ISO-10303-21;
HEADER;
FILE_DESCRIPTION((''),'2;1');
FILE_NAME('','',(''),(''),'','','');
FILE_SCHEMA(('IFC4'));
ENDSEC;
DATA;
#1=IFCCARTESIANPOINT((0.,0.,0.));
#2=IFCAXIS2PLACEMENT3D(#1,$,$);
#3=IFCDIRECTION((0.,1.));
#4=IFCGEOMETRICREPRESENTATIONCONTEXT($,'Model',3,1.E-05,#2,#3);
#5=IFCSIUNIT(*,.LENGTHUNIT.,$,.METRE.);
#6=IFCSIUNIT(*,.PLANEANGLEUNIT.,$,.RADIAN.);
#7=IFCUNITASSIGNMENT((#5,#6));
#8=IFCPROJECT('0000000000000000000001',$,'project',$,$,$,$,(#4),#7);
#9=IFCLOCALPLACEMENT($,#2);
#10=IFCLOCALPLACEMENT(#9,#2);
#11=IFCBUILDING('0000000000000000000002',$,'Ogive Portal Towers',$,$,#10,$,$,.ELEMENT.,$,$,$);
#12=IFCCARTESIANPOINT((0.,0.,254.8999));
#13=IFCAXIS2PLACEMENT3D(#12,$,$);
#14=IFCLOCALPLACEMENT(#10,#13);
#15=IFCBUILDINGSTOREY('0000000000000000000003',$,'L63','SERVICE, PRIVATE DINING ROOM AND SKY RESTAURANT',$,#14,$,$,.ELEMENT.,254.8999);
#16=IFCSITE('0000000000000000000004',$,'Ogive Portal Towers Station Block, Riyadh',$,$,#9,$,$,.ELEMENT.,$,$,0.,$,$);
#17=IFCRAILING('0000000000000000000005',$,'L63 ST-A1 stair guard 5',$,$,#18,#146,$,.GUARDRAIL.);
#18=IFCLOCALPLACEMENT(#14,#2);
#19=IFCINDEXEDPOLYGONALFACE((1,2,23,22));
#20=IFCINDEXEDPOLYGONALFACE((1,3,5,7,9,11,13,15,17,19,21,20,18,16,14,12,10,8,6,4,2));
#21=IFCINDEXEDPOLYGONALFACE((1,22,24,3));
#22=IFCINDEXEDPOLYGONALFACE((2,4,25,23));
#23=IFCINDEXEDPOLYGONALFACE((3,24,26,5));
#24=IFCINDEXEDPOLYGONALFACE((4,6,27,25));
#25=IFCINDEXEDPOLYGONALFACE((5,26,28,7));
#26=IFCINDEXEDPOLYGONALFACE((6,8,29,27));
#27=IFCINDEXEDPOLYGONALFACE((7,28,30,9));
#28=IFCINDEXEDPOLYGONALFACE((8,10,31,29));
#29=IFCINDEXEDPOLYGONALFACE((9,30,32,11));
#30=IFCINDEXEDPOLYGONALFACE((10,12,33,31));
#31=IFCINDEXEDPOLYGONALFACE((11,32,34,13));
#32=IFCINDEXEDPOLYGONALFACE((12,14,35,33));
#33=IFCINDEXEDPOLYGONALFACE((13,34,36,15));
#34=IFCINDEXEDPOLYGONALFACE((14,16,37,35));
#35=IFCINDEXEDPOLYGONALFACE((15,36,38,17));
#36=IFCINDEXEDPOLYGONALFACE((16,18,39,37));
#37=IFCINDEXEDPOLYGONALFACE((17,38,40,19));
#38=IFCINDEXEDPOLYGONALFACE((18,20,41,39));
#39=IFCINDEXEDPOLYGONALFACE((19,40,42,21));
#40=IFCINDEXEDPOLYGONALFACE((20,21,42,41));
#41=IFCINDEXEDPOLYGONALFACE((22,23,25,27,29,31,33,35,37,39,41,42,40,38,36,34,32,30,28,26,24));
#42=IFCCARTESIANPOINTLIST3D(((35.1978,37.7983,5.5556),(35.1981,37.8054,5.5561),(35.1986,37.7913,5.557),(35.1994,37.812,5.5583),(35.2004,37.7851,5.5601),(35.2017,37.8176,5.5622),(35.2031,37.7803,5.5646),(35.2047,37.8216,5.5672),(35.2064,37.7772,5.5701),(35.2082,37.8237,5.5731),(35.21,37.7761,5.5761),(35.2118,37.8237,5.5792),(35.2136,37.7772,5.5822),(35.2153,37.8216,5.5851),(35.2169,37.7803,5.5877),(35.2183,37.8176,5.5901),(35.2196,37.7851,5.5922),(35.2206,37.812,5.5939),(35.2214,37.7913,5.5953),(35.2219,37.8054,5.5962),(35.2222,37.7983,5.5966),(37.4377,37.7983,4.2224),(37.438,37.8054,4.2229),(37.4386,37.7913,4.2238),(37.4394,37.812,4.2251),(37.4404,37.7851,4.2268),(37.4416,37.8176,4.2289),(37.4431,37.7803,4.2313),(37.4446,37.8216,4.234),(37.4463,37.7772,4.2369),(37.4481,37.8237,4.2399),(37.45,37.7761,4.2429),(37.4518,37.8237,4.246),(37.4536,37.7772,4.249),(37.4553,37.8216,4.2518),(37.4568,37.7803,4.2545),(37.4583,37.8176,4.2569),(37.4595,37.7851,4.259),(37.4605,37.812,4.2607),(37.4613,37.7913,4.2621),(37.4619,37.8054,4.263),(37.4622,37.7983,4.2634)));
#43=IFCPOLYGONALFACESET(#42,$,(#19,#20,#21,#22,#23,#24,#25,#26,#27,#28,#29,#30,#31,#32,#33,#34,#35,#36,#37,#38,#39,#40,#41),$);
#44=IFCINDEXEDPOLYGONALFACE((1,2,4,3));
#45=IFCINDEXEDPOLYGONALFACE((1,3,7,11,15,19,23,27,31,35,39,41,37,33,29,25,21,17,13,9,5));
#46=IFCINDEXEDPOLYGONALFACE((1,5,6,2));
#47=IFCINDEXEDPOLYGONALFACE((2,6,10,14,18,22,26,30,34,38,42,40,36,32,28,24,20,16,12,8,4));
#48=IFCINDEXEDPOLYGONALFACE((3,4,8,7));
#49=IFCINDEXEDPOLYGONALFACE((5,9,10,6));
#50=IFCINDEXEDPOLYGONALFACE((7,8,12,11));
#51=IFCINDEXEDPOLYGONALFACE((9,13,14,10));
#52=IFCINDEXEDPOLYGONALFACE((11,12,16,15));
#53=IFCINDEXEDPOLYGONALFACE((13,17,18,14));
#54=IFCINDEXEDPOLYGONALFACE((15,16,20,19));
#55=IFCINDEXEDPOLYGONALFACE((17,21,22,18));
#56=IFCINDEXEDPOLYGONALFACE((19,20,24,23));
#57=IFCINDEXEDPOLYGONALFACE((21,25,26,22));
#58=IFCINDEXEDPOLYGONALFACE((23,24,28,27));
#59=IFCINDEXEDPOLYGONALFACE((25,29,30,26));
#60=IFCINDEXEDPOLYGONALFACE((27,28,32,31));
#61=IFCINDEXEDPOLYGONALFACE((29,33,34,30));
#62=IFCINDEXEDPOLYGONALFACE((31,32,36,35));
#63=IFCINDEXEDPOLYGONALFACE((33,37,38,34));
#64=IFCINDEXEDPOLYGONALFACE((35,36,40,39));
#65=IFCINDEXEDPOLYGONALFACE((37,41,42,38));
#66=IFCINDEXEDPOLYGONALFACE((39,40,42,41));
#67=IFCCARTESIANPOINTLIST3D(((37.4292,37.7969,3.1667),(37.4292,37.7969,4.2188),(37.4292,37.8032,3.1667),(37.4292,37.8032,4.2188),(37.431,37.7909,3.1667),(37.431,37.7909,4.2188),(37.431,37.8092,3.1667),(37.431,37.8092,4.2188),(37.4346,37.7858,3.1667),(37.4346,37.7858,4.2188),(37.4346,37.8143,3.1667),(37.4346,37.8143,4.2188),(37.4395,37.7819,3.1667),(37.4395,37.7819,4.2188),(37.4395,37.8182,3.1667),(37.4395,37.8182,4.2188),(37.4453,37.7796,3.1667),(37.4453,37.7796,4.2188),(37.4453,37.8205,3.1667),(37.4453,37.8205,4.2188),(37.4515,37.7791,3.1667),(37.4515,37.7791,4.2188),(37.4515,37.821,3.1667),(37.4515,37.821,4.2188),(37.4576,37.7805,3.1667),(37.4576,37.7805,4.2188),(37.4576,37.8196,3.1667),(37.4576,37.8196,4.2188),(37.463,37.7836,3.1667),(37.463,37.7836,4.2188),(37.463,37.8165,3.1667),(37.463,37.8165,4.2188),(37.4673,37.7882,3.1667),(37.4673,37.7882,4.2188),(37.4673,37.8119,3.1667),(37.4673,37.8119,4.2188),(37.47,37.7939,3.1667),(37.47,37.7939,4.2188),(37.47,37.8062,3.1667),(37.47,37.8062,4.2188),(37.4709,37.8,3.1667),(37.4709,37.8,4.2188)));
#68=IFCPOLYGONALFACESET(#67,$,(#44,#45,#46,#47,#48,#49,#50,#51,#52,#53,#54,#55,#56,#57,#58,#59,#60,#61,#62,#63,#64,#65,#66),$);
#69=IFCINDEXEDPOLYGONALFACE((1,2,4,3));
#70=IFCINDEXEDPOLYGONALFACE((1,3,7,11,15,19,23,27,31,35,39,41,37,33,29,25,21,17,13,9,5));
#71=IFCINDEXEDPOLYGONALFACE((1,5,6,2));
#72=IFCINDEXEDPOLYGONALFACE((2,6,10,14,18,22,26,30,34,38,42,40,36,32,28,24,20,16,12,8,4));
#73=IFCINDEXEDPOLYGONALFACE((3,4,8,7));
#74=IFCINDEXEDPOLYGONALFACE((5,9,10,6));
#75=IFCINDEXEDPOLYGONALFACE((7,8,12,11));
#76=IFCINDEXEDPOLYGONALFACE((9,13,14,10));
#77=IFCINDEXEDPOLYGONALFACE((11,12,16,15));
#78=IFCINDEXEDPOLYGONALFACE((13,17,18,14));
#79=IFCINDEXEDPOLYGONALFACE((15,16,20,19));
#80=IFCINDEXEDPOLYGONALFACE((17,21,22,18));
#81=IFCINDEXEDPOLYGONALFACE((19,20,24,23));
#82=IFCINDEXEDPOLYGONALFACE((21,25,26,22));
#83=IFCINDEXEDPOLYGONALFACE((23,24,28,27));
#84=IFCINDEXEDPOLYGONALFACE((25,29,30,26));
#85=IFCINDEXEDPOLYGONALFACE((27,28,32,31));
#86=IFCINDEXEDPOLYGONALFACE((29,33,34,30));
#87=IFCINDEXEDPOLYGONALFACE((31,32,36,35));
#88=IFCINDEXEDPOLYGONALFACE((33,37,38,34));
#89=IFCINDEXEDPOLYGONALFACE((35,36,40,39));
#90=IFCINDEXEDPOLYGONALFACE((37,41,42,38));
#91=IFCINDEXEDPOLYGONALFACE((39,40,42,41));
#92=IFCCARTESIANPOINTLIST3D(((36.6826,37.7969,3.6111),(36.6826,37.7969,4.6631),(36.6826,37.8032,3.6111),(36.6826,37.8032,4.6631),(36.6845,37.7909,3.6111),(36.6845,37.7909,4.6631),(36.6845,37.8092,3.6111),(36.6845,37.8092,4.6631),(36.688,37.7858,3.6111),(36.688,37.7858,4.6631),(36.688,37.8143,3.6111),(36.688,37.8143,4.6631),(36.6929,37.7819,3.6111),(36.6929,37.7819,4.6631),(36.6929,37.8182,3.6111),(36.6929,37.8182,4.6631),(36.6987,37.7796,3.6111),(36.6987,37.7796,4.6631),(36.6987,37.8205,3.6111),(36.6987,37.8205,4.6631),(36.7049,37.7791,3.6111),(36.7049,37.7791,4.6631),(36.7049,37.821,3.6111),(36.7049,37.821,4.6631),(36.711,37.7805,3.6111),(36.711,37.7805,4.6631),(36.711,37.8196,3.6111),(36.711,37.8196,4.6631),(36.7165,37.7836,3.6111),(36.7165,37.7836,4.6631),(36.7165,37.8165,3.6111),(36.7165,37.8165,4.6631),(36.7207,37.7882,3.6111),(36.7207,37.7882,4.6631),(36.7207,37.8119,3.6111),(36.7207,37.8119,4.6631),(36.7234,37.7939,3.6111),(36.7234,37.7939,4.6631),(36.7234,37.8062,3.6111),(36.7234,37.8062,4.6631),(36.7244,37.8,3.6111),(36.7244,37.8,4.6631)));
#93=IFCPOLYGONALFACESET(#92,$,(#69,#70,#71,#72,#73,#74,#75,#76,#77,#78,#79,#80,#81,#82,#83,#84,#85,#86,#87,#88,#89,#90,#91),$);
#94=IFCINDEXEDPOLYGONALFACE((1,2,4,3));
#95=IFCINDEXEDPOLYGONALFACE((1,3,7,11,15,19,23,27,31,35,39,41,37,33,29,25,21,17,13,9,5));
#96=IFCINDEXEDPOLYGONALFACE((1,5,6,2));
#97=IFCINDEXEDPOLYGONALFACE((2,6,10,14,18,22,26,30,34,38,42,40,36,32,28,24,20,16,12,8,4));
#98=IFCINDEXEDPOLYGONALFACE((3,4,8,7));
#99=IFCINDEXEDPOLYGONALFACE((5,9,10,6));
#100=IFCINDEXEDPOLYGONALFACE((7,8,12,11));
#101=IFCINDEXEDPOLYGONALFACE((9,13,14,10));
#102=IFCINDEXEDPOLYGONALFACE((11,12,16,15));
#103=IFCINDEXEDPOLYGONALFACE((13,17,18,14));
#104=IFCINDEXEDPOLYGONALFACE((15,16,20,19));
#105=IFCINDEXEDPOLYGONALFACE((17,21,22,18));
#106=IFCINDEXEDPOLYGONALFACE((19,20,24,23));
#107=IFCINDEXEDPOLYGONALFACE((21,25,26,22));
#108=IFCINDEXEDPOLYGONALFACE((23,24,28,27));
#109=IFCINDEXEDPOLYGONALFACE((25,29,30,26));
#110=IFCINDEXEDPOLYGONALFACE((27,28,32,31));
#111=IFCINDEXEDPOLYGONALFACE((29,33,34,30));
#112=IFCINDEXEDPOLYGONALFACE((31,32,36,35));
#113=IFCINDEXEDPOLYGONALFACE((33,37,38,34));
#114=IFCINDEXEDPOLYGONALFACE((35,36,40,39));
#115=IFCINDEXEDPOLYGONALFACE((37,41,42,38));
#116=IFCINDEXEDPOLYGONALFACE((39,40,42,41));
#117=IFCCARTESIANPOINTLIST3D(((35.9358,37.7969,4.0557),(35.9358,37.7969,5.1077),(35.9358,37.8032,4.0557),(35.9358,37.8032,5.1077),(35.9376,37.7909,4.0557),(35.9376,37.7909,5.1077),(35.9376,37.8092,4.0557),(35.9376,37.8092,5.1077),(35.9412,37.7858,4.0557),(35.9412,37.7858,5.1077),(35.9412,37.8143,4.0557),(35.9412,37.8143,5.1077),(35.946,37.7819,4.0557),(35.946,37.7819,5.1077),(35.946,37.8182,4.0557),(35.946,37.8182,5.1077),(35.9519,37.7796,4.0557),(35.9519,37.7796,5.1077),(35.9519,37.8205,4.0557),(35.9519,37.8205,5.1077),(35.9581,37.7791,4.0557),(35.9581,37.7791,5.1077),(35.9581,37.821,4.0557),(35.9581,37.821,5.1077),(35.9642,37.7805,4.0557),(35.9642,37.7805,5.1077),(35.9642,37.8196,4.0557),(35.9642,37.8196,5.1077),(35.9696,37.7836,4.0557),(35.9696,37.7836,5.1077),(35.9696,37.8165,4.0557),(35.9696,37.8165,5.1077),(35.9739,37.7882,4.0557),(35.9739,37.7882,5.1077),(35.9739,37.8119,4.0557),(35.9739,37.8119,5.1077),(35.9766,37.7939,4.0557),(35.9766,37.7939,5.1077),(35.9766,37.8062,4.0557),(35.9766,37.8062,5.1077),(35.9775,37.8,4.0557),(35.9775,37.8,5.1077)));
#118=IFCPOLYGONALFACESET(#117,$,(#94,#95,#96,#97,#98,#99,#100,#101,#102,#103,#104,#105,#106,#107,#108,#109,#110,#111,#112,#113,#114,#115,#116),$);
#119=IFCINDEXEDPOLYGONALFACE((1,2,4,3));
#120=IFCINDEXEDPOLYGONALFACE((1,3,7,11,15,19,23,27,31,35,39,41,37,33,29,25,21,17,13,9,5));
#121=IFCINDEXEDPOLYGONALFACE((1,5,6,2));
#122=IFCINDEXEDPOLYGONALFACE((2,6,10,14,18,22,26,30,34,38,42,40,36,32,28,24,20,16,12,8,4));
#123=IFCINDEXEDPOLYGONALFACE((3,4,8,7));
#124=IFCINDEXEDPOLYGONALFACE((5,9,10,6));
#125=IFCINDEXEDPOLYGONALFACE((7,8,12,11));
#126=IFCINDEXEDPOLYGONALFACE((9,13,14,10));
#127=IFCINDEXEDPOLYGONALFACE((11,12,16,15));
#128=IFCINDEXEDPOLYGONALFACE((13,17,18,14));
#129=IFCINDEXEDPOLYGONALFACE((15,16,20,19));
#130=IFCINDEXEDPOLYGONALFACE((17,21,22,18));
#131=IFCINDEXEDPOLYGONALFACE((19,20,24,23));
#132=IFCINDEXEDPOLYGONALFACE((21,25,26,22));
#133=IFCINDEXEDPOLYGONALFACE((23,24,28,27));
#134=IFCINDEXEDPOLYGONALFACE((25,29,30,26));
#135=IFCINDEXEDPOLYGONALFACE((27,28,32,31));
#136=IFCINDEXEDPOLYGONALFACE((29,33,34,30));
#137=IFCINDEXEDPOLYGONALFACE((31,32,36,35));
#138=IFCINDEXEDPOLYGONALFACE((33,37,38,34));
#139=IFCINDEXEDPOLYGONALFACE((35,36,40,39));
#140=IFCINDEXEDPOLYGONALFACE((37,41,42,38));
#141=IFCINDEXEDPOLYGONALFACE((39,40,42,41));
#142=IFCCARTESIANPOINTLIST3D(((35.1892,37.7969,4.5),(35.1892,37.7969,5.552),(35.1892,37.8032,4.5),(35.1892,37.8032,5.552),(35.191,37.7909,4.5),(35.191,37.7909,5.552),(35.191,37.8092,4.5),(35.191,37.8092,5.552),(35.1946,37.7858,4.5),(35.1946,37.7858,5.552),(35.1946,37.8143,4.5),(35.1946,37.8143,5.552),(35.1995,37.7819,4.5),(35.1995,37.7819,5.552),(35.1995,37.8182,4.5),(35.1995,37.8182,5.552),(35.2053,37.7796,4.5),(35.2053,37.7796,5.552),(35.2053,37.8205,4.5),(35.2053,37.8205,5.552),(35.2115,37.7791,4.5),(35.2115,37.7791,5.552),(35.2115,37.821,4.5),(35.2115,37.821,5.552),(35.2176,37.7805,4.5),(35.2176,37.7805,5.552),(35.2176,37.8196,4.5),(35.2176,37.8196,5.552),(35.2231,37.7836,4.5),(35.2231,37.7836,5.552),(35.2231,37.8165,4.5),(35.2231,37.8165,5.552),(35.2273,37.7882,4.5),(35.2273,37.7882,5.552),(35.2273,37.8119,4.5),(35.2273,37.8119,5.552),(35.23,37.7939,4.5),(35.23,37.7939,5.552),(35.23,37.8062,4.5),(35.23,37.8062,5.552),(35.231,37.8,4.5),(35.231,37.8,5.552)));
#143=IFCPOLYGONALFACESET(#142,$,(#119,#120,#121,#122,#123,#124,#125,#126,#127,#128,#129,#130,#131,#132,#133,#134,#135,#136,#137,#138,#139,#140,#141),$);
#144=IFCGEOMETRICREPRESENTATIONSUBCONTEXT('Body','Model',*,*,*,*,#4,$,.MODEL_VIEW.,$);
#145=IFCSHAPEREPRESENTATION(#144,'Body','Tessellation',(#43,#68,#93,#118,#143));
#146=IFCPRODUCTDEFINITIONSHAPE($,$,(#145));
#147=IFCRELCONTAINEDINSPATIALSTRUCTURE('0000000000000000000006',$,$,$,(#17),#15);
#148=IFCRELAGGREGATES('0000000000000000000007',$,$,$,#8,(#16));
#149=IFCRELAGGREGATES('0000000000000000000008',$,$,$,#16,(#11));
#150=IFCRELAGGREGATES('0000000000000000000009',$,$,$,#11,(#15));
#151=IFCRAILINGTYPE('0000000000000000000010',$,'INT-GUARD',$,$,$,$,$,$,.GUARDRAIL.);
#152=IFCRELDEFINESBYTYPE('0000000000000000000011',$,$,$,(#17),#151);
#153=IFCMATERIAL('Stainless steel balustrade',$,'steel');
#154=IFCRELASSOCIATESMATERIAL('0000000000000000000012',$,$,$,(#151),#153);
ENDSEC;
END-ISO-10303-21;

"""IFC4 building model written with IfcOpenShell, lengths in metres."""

from ifc_helpers import new_model, si_unit, direction, frame, origin, origin_2d, place, context, subcontext, project, spatial, circle, extrude, material, type_object, element, save


model = new_model("IFC4")

# Units and contexts
model_context = context("Model", 3, precision=1e-05, world=origin(), true_north=direction((0.0, 1.0)))
body_context = subcontext(model_context, "Body", "Model", "MODEL_VIEW")
ifc_project = project(units=[si_unit("LENGTHUNIT", "METRE"), si_unit("PLANEANGLEUNIT", "RADIAN")], contexts=[model_context])

# Site, building, storey
site_placement = place(None, origin())
site = spatial("IfcSite", under=ifc_project, at=site_placement, Name="Ogive Portal Towers Station Block, Riyadh", CompositionType="ELEMENT", RefElevation=0.0)
building_placement = place(site_placement, origin())
building = spatial("IfcBuilding", under=site, at=building_placement, Name="Ogive Portal Towers", CompositionType="ELEMENT")
storey_placement = place(building_placement, frame((0.0, 0.0, 254.8999)))
storey = spatial("IfcBuildingStorey", under=building, at=storey_placement, Name="L63", Description="SERVICE, PRIVATE DINING ROOM AND SKY RESTAURANT", CompositionType="ELEMENT", Elevation=254.8999)

# Railing
ifc_material_1 = material(Name="Stainless steel balustrade", Category="steel")
railing_type_1 = type_object("IfcRailingType", Name="INT-GUARD", PredefinedType="GUARDRAIL", material=ifc_material_1)
railing_1_placement = place(storey_placement, frame((37.45, 37.8, 3.1667)))
element("IfcRailing", 1, at=railing_1_placement, inside=storey, type_object=railing_type_1, Name="L63 ST-A1 stair guard 5", PredefinedType="GUARDRAIL", context=body_context, shape_type="SweptSolid", body=[
    extrude(circle(Radius=0.0239, at=origin_2d()), frame((0.0, 0.0, 1.0762), z_axis=(-0.859306, 0.0, 0.511462), x_axis=(0.0, -1.0, 0.0)), (0.0, 0.0, 1.0), 2.6067),
    extrude(circle(Radius=0.021, at=origin_2d()), origin(), (0.0, 0.0, 1.0), 1.052),
    extrude(circle(Radius=0.021, at=origin_2d()), frame((-0.7466, 0.0, 0.4443)), (0.0, 0.0, 1.0), 1.052),
    extrude(circle(Radius=0.021, at=origin_2d()), frame((-1.4934, 0.0, 0.8889)), (0.0, 0.0, 1.0), 1.052),
    extrude(circle(Radius=0.021, at=origin_2d()), frame((-2.24, 0.0, 1.3333)), (0.0, 0.0, 1.0), 1.052),
])

save(model, "model.ifc")
